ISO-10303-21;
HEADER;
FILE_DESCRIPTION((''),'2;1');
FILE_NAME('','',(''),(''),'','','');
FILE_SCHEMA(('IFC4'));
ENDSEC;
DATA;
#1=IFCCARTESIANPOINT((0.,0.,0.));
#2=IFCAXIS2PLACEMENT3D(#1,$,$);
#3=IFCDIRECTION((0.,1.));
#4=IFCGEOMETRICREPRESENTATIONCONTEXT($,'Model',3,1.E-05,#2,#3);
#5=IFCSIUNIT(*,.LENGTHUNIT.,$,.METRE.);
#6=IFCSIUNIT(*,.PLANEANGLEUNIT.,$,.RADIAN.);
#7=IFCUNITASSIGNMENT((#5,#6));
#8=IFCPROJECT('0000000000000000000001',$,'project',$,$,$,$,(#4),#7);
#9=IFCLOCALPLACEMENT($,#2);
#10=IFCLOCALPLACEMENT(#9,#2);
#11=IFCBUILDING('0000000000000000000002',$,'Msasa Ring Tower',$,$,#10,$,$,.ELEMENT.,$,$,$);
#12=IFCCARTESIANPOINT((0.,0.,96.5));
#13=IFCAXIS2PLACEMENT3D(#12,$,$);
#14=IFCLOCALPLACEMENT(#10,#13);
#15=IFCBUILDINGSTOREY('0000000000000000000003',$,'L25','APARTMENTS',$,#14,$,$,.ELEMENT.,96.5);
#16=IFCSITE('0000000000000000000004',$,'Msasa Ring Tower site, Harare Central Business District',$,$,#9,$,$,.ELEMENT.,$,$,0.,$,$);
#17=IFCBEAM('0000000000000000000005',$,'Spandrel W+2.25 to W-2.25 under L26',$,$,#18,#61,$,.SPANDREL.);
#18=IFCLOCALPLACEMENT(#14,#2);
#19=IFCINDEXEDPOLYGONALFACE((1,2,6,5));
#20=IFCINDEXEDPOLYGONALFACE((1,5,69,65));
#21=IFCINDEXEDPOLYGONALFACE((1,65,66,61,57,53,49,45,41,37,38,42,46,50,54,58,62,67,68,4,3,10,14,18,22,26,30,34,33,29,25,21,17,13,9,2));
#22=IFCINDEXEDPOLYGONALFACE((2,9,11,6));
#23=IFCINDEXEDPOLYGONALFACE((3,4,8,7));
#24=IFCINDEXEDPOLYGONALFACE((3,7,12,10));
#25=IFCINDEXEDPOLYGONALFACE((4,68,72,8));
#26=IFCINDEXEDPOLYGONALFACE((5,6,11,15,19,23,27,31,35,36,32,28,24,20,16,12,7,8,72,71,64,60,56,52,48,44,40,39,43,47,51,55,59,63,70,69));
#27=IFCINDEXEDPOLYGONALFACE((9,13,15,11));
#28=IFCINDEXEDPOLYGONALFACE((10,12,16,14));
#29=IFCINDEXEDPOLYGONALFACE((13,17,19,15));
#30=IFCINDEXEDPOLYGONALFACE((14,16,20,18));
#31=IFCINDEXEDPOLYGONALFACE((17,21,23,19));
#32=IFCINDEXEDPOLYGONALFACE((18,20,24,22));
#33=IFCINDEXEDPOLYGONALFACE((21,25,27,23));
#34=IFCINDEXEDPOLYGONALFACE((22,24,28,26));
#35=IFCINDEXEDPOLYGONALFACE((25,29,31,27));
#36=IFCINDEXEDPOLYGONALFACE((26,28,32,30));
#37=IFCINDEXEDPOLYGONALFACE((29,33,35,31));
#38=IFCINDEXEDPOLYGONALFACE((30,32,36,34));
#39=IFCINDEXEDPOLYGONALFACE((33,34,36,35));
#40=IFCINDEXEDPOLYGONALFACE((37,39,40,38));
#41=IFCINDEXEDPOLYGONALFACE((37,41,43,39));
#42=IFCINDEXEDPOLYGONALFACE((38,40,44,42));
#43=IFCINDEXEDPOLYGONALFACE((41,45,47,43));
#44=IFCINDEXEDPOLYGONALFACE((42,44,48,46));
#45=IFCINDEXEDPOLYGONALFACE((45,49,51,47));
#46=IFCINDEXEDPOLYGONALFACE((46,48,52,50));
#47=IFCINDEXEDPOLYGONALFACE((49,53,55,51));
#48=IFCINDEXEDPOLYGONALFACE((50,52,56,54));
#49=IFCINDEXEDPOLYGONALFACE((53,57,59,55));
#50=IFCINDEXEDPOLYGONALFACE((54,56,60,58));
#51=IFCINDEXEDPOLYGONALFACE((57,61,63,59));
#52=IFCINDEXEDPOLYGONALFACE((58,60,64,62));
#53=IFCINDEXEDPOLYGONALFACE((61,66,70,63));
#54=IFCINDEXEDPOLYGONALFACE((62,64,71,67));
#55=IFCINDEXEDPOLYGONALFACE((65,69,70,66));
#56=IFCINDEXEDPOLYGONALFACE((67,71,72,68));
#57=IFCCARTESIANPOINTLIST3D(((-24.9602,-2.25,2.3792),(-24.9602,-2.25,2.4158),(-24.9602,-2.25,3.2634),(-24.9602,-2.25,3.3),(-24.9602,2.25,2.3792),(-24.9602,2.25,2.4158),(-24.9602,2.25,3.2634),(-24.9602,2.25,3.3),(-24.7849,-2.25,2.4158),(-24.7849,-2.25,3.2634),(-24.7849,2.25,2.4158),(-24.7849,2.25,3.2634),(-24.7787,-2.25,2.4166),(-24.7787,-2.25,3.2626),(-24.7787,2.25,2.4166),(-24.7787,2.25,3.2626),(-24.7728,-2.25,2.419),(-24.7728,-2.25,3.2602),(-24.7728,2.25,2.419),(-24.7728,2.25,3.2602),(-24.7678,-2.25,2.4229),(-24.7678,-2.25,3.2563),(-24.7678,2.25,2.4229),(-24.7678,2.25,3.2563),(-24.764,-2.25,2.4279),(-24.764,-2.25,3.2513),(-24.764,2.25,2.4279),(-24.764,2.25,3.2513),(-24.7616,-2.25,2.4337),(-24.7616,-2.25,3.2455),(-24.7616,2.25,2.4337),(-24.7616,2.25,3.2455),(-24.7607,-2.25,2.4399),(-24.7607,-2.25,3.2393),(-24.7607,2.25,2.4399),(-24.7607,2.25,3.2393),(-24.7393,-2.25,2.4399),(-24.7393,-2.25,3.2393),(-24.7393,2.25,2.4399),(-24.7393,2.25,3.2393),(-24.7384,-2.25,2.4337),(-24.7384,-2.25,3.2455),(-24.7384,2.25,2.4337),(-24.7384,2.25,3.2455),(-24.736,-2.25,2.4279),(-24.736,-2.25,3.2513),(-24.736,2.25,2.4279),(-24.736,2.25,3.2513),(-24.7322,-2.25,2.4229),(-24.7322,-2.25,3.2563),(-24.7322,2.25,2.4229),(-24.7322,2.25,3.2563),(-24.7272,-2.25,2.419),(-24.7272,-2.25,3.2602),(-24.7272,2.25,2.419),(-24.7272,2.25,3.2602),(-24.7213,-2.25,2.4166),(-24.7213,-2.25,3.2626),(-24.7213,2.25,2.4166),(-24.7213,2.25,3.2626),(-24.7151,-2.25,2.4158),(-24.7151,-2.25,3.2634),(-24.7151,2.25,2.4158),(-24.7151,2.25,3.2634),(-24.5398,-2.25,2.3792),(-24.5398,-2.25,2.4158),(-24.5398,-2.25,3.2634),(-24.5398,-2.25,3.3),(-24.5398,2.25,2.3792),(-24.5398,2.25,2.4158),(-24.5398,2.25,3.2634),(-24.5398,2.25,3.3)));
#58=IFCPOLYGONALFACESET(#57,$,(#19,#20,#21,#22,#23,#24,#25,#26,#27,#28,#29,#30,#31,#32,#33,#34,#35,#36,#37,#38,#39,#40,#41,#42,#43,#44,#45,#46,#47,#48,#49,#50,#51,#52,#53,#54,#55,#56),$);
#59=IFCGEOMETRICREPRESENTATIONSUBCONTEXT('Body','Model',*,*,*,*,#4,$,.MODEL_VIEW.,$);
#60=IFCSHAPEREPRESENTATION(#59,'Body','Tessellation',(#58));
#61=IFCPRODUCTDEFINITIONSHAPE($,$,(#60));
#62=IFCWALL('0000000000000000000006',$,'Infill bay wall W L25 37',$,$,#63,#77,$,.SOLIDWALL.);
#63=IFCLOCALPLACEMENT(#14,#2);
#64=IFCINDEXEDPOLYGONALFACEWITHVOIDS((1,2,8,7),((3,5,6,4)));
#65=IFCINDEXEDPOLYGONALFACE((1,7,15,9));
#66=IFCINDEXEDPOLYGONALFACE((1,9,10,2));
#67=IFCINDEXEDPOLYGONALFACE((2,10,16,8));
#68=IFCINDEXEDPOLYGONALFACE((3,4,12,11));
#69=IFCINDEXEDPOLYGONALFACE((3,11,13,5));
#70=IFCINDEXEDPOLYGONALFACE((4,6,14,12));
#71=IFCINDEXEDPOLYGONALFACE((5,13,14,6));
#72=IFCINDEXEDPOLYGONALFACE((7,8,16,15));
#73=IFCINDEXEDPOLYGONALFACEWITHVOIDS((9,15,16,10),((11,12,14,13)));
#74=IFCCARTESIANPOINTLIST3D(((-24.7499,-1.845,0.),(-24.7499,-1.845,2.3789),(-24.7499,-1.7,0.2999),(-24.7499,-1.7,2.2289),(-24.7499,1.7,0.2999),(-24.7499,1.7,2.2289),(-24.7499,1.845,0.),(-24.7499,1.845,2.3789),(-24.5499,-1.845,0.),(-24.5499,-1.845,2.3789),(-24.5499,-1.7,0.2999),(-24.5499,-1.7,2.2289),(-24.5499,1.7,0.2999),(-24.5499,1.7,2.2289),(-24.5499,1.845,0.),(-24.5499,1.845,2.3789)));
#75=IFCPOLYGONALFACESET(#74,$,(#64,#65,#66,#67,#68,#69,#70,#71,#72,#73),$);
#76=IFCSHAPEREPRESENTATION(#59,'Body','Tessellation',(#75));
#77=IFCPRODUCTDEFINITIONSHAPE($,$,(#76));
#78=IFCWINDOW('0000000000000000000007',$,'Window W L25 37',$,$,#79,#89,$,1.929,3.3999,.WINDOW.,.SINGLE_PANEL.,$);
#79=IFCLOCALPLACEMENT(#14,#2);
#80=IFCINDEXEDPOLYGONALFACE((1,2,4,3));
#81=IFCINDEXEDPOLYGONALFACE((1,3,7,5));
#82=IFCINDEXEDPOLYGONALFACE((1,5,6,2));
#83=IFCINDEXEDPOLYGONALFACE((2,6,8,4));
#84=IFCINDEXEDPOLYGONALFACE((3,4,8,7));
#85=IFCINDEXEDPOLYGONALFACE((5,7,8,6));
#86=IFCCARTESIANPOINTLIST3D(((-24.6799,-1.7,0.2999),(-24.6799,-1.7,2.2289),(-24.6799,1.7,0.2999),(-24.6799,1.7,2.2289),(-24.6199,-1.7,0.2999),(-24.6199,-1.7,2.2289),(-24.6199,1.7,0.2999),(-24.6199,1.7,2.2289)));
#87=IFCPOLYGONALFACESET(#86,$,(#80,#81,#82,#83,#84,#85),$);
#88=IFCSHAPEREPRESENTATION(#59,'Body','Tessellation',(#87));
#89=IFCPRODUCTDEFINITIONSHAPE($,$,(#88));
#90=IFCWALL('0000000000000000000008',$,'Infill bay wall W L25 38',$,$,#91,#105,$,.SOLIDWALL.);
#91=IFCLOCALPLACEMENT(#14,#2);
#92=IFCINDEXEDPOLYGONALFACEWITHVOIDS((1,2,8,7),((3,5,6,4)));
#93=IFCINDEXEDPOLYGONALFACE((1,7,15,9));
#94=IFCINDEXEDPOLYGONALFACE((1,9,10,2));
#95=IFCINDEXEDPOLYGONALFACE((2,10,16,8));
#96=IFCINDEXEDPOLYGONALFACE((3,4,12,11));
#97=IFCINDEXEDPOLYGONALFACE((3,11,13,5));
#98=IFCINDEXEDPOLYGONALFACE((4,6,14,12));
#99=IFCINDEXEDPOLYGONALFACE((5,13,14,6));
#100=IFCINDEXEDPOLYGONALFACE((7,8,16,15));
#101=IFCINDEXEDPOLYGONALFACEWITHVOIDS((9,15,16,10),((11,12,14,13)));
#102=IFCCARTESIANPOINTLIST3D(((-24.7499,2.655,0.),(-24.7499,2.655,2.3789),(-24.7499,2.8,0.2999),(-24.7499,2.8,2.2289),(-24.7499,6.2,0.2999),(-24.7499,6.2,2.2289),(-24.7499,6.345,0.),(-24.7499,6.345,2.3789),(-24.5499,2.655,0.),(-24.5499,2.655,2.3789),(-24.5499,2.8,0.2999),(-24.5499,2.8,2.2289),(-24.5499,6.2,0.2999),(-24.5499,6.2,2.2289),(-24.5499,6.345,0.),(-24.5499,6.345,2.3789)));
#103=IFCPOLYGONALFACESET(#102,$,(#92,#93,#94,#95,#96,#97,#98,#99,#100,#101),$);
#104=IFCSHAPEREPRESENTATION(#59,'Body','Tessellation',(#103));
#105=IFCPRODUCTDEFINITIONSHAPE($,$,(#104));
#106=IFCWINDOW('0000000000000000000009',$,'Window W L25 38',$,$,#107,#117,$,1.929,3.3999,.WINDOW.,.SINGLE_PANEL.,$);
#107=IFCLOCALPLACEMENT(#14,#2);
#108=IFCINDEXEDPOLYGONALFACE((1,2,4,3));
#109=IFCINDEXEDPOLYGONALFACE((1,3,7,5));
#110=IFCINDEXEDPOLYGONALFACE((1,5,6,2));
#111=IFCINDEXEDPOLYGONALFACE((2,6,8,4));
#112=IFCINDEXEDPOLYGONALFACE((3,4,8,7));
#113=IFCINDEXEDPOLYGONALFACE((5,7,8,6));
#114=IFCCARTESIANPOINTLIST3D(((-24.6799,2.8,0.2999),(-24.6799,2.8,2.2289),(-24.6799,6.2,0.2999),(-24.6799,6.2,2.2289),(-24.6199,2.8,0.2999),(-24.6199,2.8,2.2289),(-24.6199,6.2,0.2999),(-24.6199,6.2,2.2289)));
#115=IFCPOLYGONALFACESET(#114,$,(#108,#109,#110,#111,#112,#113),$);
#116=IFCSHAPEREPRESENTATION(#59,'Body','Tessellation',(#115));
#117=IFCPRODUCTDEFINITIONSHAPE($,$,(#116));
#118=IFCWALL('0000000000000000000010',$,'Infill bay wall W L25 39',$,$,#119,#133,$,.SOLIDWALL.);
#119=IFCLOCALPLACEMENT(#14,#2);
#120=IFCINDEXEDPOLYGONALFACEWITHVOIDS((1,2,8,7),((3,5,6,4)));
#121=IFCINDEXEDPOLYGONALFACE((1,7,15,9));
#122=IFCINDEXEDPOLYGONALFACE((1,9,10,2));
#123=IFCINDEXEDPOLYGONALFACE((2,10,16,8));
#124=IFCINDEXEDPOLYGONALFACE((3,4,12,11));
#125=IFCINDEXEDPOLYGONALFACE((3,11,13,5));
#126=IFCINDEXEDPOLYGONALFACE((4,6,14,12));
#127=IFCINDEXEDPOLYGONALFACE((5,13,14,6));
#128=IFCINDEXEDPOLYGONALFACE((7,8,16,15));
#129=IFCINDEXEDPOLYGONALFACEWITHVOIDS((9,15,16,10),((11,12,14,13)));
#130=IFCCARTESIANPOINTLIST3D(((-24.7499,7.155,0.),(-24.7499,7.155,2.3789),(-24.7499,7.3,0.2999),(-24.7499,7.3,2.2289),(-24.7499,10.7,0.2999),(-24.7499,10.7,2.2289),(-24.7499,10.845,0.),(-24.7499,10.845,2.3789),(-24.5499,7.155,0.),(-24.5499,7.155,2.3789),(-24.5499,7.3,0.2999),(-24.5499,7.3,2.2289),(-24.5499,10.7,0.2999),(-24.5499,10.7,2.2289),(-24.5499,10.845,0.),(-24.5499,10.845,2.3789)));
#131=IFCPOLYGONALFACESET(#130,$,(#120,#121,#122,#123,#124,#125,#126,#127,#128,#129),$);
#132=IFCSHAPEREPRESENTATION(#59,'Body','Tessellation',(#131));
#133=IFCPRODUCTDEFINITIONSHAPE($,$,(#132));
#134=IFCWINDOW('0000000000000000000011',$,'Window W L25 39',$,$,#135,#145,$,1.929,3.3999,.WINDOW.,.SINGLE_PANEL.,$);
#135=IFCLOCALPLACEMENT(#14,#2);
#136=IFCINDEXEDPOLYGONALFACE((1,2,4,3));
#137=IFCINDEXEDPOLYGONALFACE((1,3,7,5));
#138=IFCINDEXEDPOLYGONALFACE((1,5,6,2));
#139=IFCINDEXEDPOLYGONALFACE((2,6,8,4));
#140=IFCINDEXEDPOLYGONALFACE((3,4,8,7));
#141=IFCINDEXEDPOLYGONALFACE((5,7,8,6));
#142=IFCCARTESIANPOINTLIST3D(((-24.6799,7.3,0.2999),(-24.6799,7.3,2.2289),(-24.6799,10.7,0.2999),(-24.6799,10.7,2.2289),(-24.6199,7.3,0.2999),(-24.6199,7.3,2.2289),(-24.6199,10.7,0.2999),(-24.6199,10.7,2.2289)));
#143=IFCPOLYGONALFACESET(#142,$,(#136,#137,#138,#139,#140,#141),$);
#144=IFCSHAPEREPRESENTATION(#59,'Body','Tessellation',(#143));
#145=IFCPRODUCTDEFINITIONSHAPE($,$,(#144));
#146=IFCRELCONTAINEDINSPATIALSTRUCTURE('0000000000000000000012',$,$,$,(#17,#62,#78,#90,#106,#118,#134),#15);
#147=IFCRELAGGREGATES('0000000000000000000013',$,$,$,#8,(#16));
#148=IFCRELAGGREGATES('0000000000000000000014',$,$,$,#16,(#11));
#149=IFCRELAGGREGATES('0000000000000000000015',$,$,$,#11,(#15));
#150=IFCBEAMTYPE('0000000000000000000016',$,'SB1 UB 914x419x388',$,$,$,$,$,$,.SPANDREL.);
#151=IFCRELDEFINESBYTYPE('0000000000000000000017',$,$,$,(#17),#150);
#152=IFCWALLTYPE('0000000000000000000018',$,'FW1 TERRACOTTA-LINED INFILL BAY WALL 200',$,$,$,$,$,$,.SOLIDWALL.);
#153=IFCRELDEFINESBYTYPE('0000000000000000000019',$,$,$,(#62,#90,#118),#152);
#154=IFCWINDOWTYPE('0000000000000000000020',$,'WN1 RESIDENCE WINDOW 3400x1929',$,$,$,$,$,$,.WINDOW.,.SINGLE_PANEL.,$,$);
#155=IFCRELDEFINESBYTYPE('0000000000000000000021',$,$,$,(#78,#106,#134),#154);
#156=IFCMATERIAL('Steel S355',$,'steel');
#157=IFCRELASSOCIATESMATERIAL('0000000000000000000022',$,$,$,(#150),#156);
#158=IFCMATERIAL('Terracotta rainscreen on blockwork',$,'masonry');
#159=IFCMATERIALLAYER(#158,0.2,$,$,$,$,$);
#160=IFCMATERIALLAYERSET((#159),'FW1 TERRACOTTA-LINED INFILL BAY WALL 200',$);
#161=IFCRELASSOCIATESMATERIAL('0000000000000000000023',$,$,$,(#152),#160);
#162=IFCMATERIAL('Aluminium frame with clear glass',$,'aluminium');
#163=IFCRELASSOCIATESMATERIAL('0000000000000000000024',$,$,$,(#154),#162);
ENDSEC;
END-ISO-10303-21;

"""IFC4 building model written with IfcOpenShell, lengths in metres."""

from ifc_helpers import new_model, si_unit, direction, frame, frame_2d, origin, origin_2d, place, context, subcontext, project, spatial, rectangle, i_section, extrude, material, layer, layer_set, material_profile, profile_set, type_object, element, fill, save


model = new_model("IFC4")

# Units and contexts
model_context = context("Model", 3, precision=1e-05, world=origin(), true_north=direction((0.0, 1.0)))
body_context = subcontext(model_context, "Body", "Model", "MODEL_VIEW")
ifc_project = project(units=[si_unit("LENGTHUNIT", "METRE"), si_unit("PLANEANGLEUNIT", "RADIAN")], contexts=[model_context])

# Site, building, storey
site_placement = place(None, origin())
site = spatial("IfcSite", under=ifc_project, at=site_placement, Name="Msasa Ring Tower site, Harare Central Business District", CompositionType="ELEMENT", RefElevation=0.0)
building_placement = place(site_placement, origin())
building = spatial("IfcBuilding", under=site, at=building_placement, Name="Msasa Ring Tower", CompositionType="ELEMENT")
storey_placement = place(building_placement, frame((0.0, 0.0, 96.5)))
storey = spatial("IfcBuildingStorey", under=building, at=storey_placement, Name="L25", Description="APARTMENTS", CompositionType="ELEMENT", Elevation=96.5)

# Beam
ifc_material_1 = material(Name="Steel S355", Category="steel")
ifc_material_profile_1 = material_profile(ifc_material_1, i_section(OverallWidth=0.4204, OverallDepth=0.9209, WebThickness=0.0215, FlangeThickness=0.0366, FilletRadius=0.0242, at=origin_2d()), Name="UB 914x419x388")
ifc_profile_set_1 = profile_set([ifc_material_profile_1], Name="Steel S355")
beam_type_1 = type_object("IfcBeamType", Name="SB1 UB 914x419x388", PredefinedType="SPANDREL", material=ifc_profile_set_1)
for number, where, z_axis, x_axis, name in (
    (1, (-24.75, 2.25, 2.8396), (0.0, -1.0, 0.0), (1.0, 0.0, 0.0), "Spandrel W+2.25 to W-2.25 under L26"),
):
    element("IfcBeam", number, at=place(storey_placement, frame(where, z_axis=z_axis, x_axis=x_axis)), inside=storey, type_object=beam_type_1, Name=name, PredefinedType="SPANDREL", context=body_context, shape_type="SweptSolid", body=[
        extrude(i_section(OverallWidth=0.4204, OverallDepth=0.9209, WebThickness=0.0215, FlangeThickness=0.0366, FilletRadius=0.0242, at=origin_2d()), origin(), (0.0, 0.0, 1.0), 4.5),
    ])

# Walls, openings, windows
ifc_material_2 = material(Name="Terracotta rainscreen on blockwork", Category="masonry")
ifc_layer_1 = layer(ifc_material_2, 0.2)
ifc_layer_set_1 = layer_set([ifc_layer_1], Name="FW1 TERRACOTTA-LINED INFILL BAY WALL 200")
wall_type_1 = type_object("IfcWallType", Name="FW1 TERRACOTTA-LINED INFILL BAY WALL 200", PredefinedType="SOLIDWALL", material=ifc_layer_set_1)
wall_1_placement = place(storey_placement, frame((-24.6499, -1.845, 0.0), z_axis=(0.0, 0.0, 1.0), x_axis=(0.0, 1.0, 0.0)))
wall_1 = element("IfcWall", 2, at=wall_1_placement, inside=storey, type_object=wall_type_1, Name="Infill bay wall W L25 37", PredefinedType="SOLIDWALL", context=body_context, shape_type="SweptSolid", body=[
    extrude(rectangle(XDim=3.6899, YDim=0.2, at=frame_2d((1.845, 0.0))), origin(), (0.0, 0.0, 1.0), 2.3789),
])
opening_1_placement = place(wall_1_placement, frame((0.145, 0.0, 0.3)))
opening_1 = element("IfcOpeningElement", 3, at=opening_1_placement, cuts=wall_1, PredefinedType="OPENING", context=body_context, shape_type="SweptSolid", body=[
    extrude(rectangle(XDim=3.3999, YDim=1.929, at=frame_2d((1.7, 0.9644))), frame((0.0, 0.1099, 0.0), z_axis=(0.0, -1.0, 0.0), x_axis=(1.0, 0.0, 0.0)), (0.0, 0.0, 1.0), 0.22),
])
ifc_material_3 = material(Name="Aluminium frame with clear glass", Category="aluminium")
window_type = type_object("IfcWindowType", Name="WN1 RESIDENCE WINDOW 3400x1929", PartitioningType="SINGLE_PANEL", PredefinedType="WINDOW", material=ifc_material_3)
window_1_placement = place(opening_1_placement, origin())
window_1 = element("IfcWindow", 4, at=window_1_placement, inside=storey, type_object=window_type, Name="Window W L25 37", OverallHeight=1.929, OverallWidth=3.3999, PartitioningType="SINGLE_PANEL", PredefinedType="WINDOW", context=body_context, shape_type="SweptSolid", body=[
    extrude(rectangle(XDim=3.3999, YDim=1.929, at=frame_2d((1.7, 0.9644))), frame((0.0, 0.03, 0.0), z_axis=(0.0, -1.0, 0.0), x_axis=(1.0, 0.0, 0.0)), (0.0, 0.0, 1.0), 0.0601),
])
fill(opening_1, window_1)
wall_2_placement = place(storey_placement, frame((-24.6499, 2.655, 0.0), z_axis=(0.0, 0.0, 1.0), x_axis=(0.0, 1.0, 0.0)))
wall_2 = element("IfcWall", 5, at=wall_2_placement, inside=storey, type_object=wall_type_1, Name="Infill bay wall W L25 38", PredefinedType="SOLIDWALL", context=body_context, shape_type="SweptSolid", body=[
    extrude(rectangle(XDim=3.6899, YDim=0.2, at=frame_2d((1.845, 0.0))), origin(), (0.0, 0.0, 1.0), 2.3789),
])
opening_2_placement = place(wall_2_placement, frame((0.145, 0.0, 0.3)))
opening_2 = element("IfcOpeningElement", 6, at=opening_2_placement, cuts=wall_2, PredefinedType="OPENING", context=body_context, shape_type="SweptSolid", body=[
    extrude(rectangle(XDim=3.3999, YDim=1.929, at=frame_2d((1.7, 0.9644))), frame((0.0, 0.1099, 0.0), z_axis=(0.0, -1.0, 0.0), x_axis=(1.0, 0.0, 0.0)), (0.0, 0.0, 1.0), 0.22),
])
window_2_placement = place(opening_2_placement, origin())
window_2 = element("IfcWindow", 7, at=window_2_placement, inside=storey, type_object=window_type, Name="Window W L25 38", OverallHeight=1.929, OverallWidth=3.3999, PartitioningType="SINGLE_PANEL", PredefinedType="WINDOW", context=body_context, shape_type="SweptSolid", body=[
    extrude(rectangle(XDim=3.3999, YDim=1.929, at=frame_2d((1.7, 0.9644))), frame((0.0, 0.03, 0.0), z_axis=(0.0, -1.0, 0.0), x_axis=(1.0, 0.0, 0.0)), (0.0, 0.0, 1.0), 0.0601),
])
fill(opening_2, window_2)
wall_3_placement = place(storey_placement, frame((-24.6499, 7.155, 0.0), z_axis=(0.0, 0.0, 1.0), x_axis=(0.0, 1.0, 0.0)))
wall_3 = element("IfcWall", 8, at=wall_3_placement, inside=storey, type_object=wall_type_1, Name="Infill bay wall W L25 39", PredefinedType="SOLIDWALL", context=body_context, shape_type="SweptSolid", body=[
    extrude(rectangle(XDim=3.6899, YDim=0.2, at=frame_2d((1.845, 0.0))), origin(), (0.0, 0.0, 1.0), 2.3789),
])
opening_3_placement = place(wall_3_placement, frame((0.145, 0.0, 0.3)))
opening_3 = element("IfcOpeningElement", 9, at=opening_3_placement, cuts=wall_3, PredefinedType="OPENING", context=body_context, shape_type="SweptSolid", body=[
    extrude(rectangle(XDim=3.3999, YDim=1.929, at=frame_2d((1.7, 0.9644))), frame((0.0, 0.1099, 0.0), z_axis=(0.0, -1.0, 0.0), x_axis=(1.0, 0.0, 0.0)), (0.0, 0.0, 1.0), 0.22),
])
window_3_placement = place(opening_3_placement, origin())
window_3 = element("IfcWindow", 10, at=window_3_placement, inside=storey, type_object=window_type, Name="Window W L25 39", OverallHeight=1.929, OverallWidth=3.3999, PartitioningType="SINGLE_PANEL", PredefinedType="WINDOW", context=body_context, shape_type="SweptSolid", body=[
    extrude(rectangle(XDim=3.3999, YDim=1.929, at=frame_2d((1.7, 0.9644))), frame((0.0, 0.03, 0.0), z_axis=(0.0, -1.0, 0.0), x_axis=(1.0, 0.0, 0.0)), (0.0, 0.0, 1.0), 0.0601),
])
fill(opening_3, window_3)

save(model, "model.ifc")
